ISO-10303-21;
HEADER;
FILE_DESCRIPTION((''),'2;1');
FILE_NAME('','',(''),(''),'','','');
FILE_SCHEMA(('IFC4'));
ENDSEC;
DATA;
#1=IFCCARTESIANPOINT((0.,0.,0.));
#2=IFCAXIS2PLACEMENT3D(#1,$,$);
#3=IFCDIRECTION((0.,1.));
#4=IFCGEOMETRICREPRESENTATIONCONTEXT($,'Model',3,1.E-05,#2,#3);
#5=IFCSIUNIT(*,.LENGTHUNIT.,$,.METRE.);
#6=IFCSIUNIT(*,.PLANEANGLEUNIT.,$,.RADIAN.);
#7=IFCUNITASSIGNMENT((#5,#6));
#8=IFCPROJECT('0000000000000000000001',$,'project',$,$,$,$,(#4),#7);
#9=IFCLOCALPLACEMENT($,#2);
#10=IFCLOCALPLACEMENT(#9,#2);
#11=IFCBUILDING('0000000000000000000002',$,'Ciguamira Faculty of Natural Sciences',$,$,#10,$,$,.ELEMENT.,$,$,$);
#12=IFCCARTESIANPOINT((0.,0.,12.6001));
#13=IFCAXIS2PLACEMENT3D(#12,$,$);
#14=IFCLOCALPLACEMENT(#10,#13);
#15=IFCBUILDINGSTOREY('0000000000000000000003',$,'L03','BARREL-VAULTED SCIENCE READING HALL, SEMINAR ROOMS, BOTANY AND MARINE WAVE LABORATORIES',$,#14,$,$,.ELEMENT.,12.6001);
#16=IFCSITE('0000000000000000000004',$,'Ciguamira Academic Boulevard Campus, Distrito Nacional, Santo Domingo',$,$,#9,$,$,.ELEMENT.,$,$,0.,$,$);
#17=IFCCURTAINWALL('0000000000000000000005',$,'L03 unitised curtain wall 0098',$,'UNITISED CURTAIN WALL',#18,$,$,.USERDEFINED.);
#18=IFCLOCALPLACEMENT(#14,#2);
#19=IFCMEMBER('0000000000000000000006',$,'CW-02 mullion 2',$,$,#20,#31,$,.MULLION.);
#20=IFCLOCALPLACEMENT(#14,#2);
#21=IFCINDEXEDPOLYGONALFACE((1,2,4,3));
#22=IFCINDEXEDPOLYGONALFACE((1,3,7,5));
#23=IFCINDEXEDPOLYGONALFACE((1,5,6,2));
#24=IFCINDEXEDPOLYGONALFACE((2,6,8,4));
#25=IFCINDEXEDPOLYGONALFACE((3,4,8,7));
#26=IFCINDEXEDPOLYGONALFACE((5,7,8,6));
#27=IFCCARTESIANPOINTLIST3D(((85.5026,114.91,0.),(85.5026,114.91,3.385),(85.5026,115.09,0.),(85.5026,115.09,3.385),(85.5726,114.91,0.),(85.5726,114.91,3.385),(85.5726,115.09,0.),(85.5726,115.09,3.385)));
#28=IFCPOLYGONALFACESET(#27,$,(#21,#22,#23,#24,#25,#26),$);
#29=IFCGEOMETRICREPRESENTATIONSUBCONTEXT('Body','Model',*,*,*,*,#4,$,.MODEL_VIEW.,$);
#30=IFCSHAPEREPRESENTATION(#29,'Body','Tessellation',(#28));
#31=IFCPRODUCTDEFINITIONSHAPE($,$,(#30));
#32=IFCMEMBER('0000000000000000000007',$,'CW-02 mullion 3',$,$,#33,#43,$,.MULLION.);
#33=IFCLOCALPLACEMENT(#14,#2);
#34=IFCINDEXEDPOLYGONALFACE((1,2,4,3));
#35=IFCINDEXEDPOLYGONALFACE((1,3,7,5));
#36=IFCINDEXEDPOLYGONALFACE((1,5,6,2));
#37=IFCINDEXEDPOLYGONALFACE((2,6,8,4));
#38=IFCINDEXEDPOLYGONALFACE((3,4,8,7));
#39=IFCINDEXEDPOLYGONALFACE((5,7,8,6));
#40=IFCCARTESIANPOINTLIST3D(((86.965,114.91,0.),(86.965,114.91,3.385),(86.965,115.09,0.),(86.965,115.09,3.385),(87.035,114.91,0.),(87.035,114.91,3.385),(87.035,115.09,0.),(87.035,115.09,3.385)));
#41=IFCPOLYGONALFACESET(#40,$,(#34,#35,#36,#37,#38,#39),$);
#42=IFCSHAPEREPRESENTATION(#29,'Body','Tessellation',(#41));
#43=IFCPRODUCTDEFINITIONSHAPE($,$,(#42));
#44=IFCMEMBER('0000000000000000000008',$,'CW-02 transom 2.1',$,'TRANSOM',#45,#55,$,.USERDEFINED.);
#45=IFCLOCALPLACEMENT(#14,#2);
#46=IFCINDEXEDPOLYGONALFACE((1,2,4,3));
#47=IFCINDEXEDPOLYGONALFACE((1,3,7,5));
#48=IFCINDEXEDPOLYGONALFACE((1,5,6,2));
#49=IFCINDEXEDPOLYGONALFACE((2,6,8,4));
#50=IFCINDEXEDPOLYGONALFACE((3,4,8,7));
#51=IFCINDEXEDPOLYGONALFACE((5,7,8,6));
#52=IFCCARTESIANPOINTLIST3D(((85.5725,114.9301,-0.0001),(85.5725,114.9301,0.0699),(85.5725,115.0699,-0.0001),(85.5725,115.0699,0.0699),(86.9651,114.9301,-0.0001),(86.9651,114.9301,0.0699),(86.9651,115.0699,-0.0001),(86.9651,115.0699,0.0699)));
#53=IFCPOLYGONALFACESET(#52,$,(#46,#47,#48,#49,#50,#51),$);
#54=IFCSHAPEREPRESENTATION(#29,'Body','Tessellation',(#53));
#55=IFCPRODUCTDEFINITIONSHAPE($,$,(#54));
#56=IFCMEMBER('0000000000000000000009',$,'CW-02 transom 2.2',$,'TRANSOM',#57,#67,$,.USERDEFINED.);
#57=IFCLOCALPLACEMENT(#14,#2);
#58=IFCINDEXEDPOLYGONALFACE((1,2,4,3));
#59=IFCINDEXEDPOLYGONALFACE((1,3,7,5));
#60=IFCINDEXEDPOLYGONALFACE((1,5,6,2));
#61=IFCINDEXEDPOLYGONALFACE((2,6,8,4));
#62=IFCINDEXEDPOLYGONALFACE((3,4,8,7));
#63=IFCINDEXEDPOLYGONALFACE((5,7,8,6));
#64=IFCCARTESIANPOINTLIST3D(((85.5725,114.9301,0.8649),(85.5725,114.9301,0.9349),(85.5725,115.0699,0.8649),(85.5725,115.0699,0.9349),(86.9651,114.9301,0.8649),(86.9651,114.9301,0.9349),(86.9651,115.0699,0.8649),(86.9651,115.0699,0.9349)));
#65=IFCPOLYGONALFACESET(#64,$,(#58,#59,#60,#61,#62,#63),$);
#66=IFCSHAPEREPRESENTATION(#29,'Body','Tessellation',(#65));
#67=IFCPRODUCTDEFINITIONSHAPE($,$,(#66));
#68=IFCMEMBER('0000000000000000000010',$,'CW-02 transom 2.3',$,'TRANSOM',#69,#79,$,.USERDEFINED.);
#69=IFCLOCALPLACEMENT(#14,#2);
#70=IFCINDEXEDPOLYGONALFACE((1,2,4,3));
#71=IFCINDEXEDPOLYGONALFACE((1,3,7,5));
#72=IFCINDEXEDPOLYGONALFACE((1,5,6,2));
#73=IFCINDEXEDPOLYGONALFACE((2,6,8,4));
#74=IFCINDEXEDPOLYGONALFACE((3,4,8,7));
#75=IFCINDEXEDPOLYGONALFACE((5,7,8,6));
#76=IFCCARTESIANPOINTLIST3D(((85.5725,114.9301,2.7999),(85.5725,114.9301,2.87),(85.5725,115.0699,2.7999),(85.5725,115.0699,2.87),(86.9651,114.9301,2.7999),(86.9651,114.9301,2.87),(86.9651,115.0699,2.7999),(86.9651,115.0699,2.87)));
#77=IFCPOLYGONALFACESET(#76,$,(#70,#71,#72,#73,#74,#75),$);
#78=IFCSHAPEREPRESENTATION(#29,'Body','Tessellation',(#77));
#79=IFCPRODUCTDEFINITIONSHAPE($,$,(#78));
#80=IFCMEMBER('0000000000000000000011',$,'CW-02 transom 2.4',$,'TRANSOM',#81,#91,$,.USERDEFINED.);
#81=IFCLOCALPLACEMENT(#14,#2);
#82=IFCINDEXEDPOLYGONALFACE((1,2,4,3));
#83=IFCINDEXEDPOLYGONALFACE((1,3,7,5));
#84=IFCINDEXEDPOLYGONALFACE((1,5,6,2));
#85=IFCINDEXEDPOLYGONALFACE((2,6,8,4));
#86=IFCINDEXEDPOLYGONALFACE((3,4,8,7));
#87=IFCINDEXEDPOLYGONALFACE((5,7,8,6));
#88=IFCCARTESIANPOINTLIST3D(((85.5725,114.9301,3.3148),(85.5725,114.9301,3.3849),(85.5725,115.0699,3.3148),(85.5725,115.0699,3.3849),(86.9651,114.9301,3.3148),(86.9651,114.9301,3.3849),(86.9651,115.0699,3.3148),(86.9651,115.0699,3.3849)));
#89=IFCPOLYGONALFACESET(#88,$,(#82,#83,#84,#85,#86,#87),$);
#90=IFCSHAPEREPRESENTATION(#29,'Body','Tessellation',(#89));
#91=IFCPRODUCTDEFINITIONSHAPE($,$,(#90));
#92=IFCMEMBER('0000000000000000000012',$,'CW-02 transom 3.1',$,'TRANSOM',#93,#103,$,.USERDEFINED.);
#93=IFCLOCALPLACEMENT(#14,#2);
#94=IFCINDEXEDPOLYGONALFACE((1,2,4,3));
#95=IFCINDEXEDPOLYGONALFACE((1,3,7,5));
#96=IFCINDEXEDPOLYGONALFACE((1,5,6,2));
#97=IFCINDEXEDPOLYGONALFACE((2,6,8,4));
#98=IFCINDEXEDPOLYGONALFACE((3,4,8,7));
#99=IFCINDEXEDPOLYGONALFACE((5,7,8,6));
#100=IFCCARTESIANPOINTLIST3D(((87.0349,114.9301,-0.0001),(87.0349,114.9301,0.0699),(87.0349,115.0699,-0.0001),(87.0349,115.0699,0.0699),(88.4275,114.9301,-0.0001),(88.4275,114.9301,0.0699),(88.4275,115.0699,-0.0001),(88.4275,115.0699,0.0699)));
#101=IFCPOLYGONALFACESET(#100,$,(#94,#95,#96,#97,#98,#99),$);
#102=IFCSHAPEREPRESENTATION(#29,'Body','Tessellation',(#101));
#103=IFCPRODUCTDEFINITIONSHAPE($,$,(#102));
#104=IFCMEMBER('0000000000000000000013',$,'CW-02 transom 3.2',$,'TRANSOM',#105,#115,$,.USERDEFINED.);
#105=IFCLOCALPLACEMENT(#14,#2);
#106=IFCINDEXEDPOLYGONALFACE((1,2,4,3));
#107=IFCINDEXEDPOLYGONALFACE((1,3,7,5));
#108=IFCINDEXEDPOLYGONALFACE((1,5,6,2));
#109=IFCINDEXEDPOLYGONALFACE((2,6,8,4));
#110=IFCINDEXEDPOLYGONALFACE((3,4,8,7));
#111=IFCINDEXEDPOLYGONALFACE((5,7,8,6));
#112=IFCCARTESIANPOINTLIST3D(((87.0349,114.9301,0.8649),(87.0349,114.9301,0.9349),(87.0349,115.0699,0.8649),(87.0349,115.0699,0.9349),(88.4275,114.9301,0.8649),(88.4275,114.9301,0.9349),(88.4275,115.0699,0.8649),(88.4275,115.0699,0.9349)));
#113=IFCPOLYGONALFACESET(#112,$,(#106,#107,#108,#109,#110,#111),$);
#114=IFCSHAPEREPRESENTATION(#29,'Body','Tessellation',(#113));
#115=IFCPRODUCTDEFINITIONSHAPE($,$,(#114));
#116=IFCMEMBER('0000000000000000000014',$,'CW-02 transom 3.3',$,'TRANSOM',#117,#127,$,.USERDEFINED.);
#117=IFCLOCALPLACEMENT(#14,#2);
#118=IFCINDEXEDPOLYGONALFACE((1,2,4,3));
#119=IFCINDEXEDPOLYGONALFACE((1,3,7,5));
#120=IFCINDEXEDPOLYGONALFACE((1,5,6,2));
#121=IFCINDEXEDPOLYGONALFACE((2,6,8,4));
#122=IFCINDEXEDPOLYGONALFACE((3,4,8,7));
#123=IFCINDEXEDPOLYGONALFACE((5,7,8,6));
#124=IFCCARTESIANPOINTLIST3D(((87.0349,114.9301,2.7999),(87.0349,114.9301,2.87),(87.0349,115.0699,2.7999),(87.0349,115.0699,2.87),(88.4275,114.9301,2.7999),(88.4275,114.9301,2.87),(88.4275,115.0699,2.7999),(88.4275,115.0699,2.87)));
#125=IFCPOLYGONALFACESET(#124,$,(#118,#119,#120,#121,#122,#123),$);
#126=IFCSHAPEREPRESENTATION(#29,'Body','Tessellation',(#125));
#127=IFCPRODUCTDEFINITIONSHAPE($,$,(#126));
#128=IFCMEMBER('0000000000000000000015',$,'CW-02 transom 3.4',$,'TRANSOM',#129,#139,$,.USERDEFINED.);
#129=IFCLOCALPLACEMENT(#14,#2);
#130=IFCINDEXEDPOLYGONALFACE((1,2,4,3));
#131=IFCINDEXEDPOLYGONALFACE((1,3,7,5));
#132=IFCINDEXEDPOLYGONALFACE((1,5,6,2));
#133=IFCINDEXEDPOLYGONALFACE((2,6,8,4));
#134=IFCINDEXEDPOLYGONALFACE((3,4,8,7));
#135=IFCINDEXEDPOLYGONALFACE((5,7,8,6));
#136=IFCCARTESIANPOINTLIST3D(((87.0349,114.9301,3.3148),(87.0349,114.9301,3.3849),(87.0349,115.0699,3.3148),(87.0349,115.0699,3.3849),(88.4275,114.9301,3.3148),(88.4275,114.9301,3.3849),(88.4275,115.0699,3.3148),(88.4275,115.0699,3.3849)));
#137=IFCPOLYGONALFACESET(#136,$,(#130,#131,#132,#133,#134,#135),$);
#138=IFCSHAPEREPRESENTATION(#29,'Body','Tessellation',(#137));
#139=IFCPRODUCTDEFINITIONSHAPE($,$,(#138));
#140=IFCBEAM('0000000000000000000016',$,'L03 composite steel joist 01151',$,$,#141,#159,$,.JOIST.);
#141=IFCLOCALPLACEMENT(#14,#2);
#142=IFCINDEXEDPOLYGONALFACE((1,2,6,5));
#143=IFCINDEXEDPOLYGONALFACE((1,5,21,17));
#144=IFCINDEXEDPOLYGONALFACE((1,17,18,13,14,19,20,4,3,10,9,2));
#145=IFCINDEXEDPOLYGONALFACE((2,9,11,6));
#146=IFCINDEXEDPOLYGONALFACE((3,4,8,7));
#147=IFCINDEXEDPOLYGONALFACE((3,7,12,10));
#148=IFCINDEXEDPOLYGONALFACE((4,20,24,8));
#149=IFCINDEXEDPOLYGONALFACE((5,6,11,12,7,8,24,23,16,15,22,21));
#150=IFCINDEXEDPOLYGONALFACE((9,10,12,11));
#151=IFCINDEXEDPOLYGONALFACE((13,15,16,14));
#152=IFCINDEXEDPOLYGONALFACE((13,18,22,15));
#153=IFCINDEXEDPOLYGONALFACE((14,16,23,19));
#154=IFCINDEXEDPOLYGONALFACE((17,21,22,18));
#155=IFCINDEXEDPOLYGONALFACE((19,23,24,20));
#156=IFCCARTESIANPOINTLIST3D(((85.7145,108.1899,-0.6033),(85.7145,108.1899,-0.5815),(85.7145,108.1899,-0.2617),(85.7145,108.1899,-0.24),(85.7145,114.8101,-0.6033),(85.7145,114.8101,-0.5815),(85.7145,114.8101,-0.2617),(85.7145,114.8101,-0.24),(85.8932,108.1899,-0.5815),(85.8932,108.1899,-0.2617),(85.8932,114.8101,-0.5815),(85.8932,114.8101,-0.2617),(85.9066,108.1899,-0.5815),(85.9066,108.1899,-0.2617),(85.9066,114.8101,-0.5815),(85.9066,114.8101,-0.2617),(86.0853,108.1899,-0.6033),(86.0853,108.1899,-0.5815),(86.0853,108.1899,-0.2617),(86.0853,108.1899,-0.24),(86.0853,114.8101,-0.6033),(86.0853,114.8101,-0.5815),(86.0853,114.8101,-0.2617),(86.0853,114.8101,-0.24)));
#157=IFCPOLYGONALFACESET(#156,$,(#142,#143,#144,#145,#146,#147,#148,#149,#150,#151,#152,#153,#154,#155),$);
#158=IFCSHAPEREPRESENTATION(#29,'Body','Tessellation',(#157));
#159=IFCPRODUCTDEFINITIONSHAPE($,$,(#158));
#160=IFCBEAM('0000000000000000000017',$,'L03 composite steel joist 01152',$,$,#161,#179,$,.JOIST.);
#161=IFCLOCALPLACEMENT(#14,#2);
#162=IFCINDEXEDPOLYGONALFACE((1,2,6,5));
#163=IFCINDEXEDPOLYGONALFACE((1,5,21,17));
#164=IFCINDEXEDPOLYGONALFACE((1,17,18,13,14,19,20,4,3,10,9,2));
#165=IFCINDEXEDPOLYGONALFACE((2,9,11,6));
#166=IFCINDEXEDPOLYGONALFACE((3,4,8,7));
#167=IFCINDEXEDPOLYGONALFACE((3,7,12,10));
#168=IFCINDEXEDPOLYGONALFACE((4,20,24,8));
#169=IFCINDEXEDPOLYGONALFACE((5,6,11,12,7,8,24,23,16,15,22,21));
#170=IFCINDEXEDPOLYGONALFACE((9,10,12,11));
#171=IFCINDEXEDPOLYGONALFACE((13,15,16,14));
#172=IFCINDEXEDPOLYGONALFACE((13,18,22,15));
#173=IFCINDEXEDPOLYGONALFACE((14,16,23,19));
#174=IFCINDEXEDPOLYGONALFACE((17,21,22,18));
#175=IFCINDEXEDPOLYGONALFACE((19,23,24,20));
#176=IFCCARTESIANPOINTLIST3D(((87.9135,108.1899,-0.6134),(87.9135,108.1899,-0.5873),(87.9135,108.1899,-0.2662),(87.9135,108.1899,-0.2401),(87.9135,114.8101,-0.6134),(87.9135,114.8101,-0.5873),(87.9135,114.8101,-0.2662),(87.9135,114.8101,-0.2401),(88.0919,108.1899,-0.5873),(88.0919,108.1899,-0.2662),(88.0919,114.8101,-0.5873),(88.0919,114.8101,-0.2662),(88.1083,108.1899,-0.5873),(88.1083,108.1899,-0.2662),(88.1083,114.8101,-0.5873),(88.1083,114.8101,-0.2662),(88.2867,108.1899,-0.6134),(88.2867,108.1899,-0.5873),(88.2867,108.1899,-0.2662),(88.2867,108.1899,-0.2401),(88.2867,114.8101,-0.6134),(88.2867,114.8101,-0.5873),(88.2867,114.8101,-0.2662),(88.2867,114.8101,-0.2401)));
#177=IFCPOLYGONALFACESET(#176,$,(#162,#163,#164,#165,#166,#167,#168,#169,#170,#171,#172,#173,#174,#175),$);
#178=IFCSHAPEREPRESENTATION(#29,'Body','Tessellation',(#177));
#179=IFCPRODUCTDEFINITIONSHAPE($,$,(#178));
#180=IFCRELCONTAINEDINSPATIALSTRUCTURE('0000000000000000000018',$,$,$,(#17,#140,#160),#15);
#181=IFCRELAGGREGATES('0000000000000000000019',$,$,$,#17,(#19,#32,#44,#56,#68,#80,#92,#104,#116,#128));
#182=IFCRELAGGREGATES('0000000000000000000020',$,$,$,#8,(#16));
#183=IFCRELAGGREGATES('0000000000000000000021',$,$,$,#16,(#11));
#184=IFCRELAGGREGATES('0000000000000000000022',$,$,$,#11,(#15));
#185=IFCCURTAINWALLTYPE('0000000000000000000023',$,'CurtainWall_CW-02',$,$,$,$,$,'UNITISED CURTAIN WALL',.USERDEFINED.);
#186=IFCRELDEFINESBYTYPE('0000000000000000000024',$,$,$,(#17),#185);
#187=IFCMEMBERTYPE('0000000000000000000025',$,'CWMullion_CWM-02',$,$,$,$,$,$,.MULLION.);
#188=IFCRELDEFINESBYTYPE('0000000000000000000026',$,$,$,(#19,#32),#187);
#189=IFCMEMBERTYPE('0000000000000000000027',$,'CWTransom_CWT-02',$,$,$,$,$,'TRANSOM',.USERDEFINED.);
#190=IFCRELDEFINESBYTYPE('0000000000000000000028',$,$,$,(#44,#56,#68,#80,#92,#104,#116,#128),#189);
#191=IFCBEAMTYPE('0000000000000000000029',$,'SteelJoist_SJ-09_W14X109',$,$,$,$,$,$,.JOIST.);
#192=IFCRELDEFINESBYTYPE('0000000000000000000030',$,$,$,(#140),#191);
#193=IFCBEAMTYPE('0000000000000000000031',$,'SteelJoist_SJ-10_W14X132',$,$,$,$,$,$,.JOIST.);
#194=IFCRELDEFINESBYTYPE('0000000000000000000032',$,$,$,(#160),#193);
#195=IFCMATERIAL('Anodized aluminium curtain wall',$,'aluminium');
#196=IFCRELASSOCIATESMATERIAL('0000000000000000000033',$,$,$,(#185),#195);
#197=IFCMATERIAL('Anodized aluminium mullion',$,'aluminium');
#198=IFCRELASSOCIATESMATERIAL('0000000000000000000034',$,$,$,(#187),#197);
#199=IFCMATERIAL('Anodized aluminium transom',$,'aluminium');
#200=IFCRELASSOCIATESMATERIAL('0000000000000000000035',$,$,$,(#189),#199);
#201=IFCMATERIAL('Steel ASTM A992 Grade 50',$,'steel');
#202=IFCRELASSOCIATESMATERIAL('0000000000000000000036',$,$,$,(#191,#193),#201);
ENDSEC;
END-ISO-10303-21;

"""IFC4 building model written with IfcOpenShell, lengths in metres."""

from ifc_helpers import new_model, si_unit, direction, frame, origin, origin_2d, place, context, subcontext, project, spatial, rectangle, i_section, extrude, material, material_profile, profile_set, type_object, element, aggregate, save


model = new_model("IFC4")

# Units and contexts
model_context = context("Model", 3, precision=1e-05, world=origin(), true_north=direction((0.0, 1.0)))
body_context = subcontext(model_context, "Body", "Model", "MODEL_VIEW")
ifc_project = project(units=[si_unit("LENGTHUNIT", "METRE"), si_unit("PLANEANGLEUNIT", "RADIAN")], contexts=[model_context])

# Site, building, storey
site_placement = place(None, origin())
site = spatial("IfcSite", under=ifc_project, at=site_placement, Name="Ciguamira Academic Boulevard Campus, Distrito Nacional, Santo Domingo", CompositionType="ELEMENT", RefElevation=0.0)
building_placement = place(site_placement, origin())
building = spatial("IfcBuilding", under=site, at=building_placement, Name="Ciguamira Faculty of Natural Sciences", CompositionType="ELEMENT")
storey_placement = place(building_placement, frame((0.0, 0.0, 12.6001)))
storey = spatial("IfcBuildingStorey", under=building, at=storey_placement, Name="L03", Description="BARREL-VAULTED SCIENCE READING HALL, SEMINAR ROOMS, BOTANY AND MARINE WAVE LABORATORIES", CompositionType="ELEMENT", Elevation=12.6001)

# Curtain wall, members
ifc_material_1 = material(Name="Anodized aluminium curtain wall", Category="aluminium")
curtain_wall_type = type_object("IfcCurtainWallType", Name="CurtainWall_CW-02", ElementType="UNITISED CURTAIN WALL", PredefinedType="USERDEFINED", material=ifc_material_1)
curtain_wall_placement = place(storey_placement, origin())
curtain_wall = element("IfcCurtainWall", 1, at=curtain_wall_placement, inside=storey, type_object=curtain_wall_type, Name="L03 unitised curtain wall 0098", ObjectType="UNITISED CURTAIN WALL", PredefinedType="USERDEFINED")
ifc_material_2 = material(Name="Anodized aluminium mullion", Category="aluminium")
ifc_material_profile_1 = material_profile(ifc_material_2, rectangle(XDim=0.0701, YDim=0.1799, at=origin_2d()), Name="ALU-MUL-70X180")
ifc_profile_set_1 = profile_set([ifc_material_profile_1], Name="Anodized aluminium mullion")
member_type_1 = type_object("IfcMemberType", Name="CWMullion_CWM-02", PredefinedType="MULLION", material=ifc_profile_set_1)
member_1_placement = place(storey_placement, frame((85.5376, 115.0, 0.0), z_axis=(0.0, 0.0, 1.0), x_axis=(1.0, 0.0, 0.0)))
member_1 = element("IfcMember", 2, at=member_1_placement, type_object=member_type_1, Name="CW-02 mullion 2", PredefinedType="MULLION", context=body_context, shape_type="SweptSolid", body=[
    extrude(rectangle(XDim=0.0701, YDim=0.1799, at=origin_2d()), origin(), (0.0, 0.0, 1.0), 3.385),
])
member_2_placement = place(storey_placement, frame((87.0, 115.0, 0.0), z_axis=(0.0, 0.0, 1.0), x_axis=(1.0, 0.0, 0.0)))
member_2 = element("IfcMember", 3, at=member_2_placement, type_object=member_type_1, Name="CW-02 mullion 3", PredefinedType="MULLION", context=body_context, shape_type="SweptSolid", body=[
    extrude(rectangle(XDim=0.0701, YDim=0.1799, at=origin_2d()), origin(), (0.0, 0.0, 1.0), 3.385),
])
ifc_material_3 = material(Name="Anodized aluminium transom", Category="aluminium")
ifc_material_profile_2 = material_profile(ifc_material_3, rectangle(XDim=0.0701, YDim=0.1399, at=origin_2d()), Name="ALU-TRN-70X140")
ifc_profile_set_2 = profile_set([ifc_material_profile_2], Name="Anodized aluminium transom")
member_type_2 = type_object("IfcMemberType", Name="CWTransom_CWT-02", ElementType="TRANSOM", PredefinedType="USERDEFINED", material=ifc_profile_set_2)
member_3_placement = place(storey_placement, frame((85.5725, 115.0, 0.0349), z_axis=(1.0, 0.0, 0.0), x_axis=(0.0, 0.0, 1.0)))
member_3 = element("IfcMember", 4, at=member_3_placement, type_object=member_type_2, Name="CW-02 transom 2.1", ObjectType="TRANSOM", PredefinedType="USERDEFINED", context=body_context, shape_type="SweptSolid", body=[
    extrude(rectangle(XDim=0.0701, YDim=0.1399, at=origin_2d()), origin(), (0.0, 0.0, 1.0), 1.3926),
])
member_4_placement = place(storey_placement, frame((85.5725, 115.0, 0.8999), z_axis=(1.0, 0.0, 0.0), x_axis=(0.0, 0.0, 1.0)))
member_4 = element("IfcMember", 5, at=member_4_placement, type_object=member_type_2, Name="CW-02 transom 2.2", ObjectType="TRANSOM", PredefinedType="USERDEFINED", context=body_context, shape_type="SweptSolid", body=[
    extrude(rectangle(XDim=0.0701, YDim=0.1399, at=origin_2d()), origin(), (0.0, 0.0, 1.0), 1.3926),
])
member_5_placement = place(storey_placement, frame((85.5725, 115.0, 2.835), z_axis=(1.0, 0.0, 0.0), x_axis=(0.0, 0.0, 1.0)))
member_5 = element("IfcMember", 6, at=member_5_placement, type_object=member_type_2, Name="CW-02 transom 2.3", ObjectType="TRANSOM", PredefinedType="USERDEFINED", context=body_context, shape_type="SweptSolid", body=[
    extrude(rectangle(XDim=0.0701, YDim=0.1399, at=origin_2d()), origin(), (0.0, 0.0, 1.0), 1.3926),
])
member_6_placement = place(storey_placement, frame((85.5725, 115.0, 3.3499), z_axis=(1.0, 0.0, 0.0), x_axis=(0.0, 0.0, 1.0)))
member_6 = element("IfcMember", 7, at=member_6_placement, type_object=member_type_2, Name="CW-02 transom 2.4", ObjectType="TRANSOM", PredefinedType="USERDEFINED", context=body_context, shape_type="SweptSolid", body=[
    extrude(rectangle(XDim=0.0701, YDim=0.1399, at=origin_2d()), origin(), (0.0, 0.0, 1.0), 1.3926),
])
member_7_placement = place(storey_placement, frame((87.0349, 115.0, 0.0349), z_axis=(1.0, 0.0, 0.0), x_axis=(0.0, 0.0, 1.0)))
member_7 = element("IfcMember", 8, at=member_7_placement, type_object=member_type_2, Name="CW-02 transom 3.1", ObjectType="TRANSOM", PredefinedType="USERDEFINED", context=body_context, shape_type="SweptSolid", body=[
    extrude(rectangle(XDim=0.0701, YDim=0.1399, at=origin_2d()), origin(), (0.0, 0.0, 1.0), 1.3926),
])
member_8_placement = place(storey_placement, frame((87.0349, 115.0, 0.8999), z_axis=(1.0, 0.0, 0.0), x_axis=(0.0, 0.0, 1.0)))
member_8 = element("IfcMember", 9, at=member_8_placement, type_object=member_type_2, Name="CW-02 transom 3.2", ObjectType="TRANSOM", PredefinedType="USERDEFINED", context=body_context, shape_type="SweptSolid", body=[
    extrude(rectangle(XDim=0.0701, YDim=0.1399, at=origin_2d()), origin(), (0.0, 0.0, 1.0), 1.3926),
])
member_9_placement = place(storey_placement, frame((87.0349, 115.0, 2.835), z_axis=(1.0, 0.0, 0.0), x_axis=(0.0, 0.0, 1.0)))
member_9 = element("IfcMember", 10, at=member_9_placement, type_object=member_type_2, Name="CW-02 transom 3.3", ObjectType="TRANSOM", PredefinedType="USERDEFINED", context=body_context, shape_type="SweptSolid", body=[
    extrude(rectangle(XDim=0.0701, YDim=0.1399, at=origin_2d()), origin(), (0.0, 0.0, 1.0), 1.3926),
])
member_10_placement = place(storey_placement, frame((87.0349, 115.0, 3.3499), z_axis=(1.0, 0.0, 0.0), x_axis=(0.0, 0.0, 1.0)))
member_10 = element("IfcMember", 11, at=member_10_placement, type_object=member_type_2, Name="CW-02 transom 3.4", ObjectType="TRANSOM", PredefinedType="USERDEFINED", context=body_context, shape_type="SweptSolid", body=[
    extrude(rectangle(XDim=0.0701, YDim=0.1399, at=origin_2d()), origin(), (0.0, 0.0, 1.0), 1.3926),
])

# Beams
ifc_material_4 = material(Name="Steel ASTM A992 Grade 50", Category="steel")
ifc_material_profile_3 = material_profile(ifc_material_4, i_section(OverallWidth=0.3708, OverallDepth=0.3633, WebThickness=0.0134, FlangeThickness=0.0217, at=origin_2d()), Name="W14X109")
ifc_profile_set_3 = profile_set([ifc_material_profile_3], Name="Steel ASTM A992 Grade 50")
beam_type_1 = type_object("IfcBeamType", Name="SteelJoist_SJ-09_W14X109", PredefinedType="JOIST", material=ifc_profile_set_3)
beam_1_placement = place(storey_placement, frame((85.8999, 108.1899, -0.4216), z_axis=(0.0, 1.0, 0.0), x_axis=(-1.0, 0.0, 0.0)))
element("IfcBeam", 12, at=beam_1_placement, inside=storey, type_object=beam_type_1, Name="L03 composite steel joist 01151", PredefinedType="JOIST", context=body_context, shape_type="SweptSolid", body=[
    extrude(i_section(OverallWidth=0.3708, OverallDepth=0.3633, WebThickness=0.0134, FlangeThickness=0.0217, at=origin_2d()), origin(), (0.0, 0.0, 1.0), 6.6201),
])
ifc_material_profile_4 = material_profile(ifc_material_4, i_section(OverallWidth=0.3733, OverallDepth=0.3733, WebThickness=0.0164, FlangeThickness=0.0261, at=origin_2d()), Name="W14X132")
ifc_profile_set_4 = profile_set([ifc_material_profile_4], Name="Steel ASTM A992 Grade 50")
beam_type_2 = type_object("IfcBeamType", Name="SteelJoist_SJ-10_W14X132", PredefinedType="JOIST", material=ifc_profile_set_4)
beam_2_placement = place(storey_placement, frame((88.1001, 108.1899, -0.4268), z_axis=(0.0, 1.0, 0.0), x_axis=(-1.0, 0.0, 0.0)))
element("IfcBeam", 13, at=beam_2_placement, inside=storey, type_object=beam_type_2, Name="L03 composite steel joist 01152", PredefinedType="JOIST", context=body_context, shape_type="SweptSolid", body=[
    extrude(i_section(OverallWidth=0.3733, OverallDepth=0.3733, WebThickness=0.0164, FlangeThickness=0.0261, at=origin_2d()), origin(), (0.0, 0.0, 1.0), 6.6201),
])

aggregate(curtain_wall, [member_1, member_2, member_3, member_4, member_5, member_6, member_7, member_8, member_9, member_10])

save(model, "model.ifc")
